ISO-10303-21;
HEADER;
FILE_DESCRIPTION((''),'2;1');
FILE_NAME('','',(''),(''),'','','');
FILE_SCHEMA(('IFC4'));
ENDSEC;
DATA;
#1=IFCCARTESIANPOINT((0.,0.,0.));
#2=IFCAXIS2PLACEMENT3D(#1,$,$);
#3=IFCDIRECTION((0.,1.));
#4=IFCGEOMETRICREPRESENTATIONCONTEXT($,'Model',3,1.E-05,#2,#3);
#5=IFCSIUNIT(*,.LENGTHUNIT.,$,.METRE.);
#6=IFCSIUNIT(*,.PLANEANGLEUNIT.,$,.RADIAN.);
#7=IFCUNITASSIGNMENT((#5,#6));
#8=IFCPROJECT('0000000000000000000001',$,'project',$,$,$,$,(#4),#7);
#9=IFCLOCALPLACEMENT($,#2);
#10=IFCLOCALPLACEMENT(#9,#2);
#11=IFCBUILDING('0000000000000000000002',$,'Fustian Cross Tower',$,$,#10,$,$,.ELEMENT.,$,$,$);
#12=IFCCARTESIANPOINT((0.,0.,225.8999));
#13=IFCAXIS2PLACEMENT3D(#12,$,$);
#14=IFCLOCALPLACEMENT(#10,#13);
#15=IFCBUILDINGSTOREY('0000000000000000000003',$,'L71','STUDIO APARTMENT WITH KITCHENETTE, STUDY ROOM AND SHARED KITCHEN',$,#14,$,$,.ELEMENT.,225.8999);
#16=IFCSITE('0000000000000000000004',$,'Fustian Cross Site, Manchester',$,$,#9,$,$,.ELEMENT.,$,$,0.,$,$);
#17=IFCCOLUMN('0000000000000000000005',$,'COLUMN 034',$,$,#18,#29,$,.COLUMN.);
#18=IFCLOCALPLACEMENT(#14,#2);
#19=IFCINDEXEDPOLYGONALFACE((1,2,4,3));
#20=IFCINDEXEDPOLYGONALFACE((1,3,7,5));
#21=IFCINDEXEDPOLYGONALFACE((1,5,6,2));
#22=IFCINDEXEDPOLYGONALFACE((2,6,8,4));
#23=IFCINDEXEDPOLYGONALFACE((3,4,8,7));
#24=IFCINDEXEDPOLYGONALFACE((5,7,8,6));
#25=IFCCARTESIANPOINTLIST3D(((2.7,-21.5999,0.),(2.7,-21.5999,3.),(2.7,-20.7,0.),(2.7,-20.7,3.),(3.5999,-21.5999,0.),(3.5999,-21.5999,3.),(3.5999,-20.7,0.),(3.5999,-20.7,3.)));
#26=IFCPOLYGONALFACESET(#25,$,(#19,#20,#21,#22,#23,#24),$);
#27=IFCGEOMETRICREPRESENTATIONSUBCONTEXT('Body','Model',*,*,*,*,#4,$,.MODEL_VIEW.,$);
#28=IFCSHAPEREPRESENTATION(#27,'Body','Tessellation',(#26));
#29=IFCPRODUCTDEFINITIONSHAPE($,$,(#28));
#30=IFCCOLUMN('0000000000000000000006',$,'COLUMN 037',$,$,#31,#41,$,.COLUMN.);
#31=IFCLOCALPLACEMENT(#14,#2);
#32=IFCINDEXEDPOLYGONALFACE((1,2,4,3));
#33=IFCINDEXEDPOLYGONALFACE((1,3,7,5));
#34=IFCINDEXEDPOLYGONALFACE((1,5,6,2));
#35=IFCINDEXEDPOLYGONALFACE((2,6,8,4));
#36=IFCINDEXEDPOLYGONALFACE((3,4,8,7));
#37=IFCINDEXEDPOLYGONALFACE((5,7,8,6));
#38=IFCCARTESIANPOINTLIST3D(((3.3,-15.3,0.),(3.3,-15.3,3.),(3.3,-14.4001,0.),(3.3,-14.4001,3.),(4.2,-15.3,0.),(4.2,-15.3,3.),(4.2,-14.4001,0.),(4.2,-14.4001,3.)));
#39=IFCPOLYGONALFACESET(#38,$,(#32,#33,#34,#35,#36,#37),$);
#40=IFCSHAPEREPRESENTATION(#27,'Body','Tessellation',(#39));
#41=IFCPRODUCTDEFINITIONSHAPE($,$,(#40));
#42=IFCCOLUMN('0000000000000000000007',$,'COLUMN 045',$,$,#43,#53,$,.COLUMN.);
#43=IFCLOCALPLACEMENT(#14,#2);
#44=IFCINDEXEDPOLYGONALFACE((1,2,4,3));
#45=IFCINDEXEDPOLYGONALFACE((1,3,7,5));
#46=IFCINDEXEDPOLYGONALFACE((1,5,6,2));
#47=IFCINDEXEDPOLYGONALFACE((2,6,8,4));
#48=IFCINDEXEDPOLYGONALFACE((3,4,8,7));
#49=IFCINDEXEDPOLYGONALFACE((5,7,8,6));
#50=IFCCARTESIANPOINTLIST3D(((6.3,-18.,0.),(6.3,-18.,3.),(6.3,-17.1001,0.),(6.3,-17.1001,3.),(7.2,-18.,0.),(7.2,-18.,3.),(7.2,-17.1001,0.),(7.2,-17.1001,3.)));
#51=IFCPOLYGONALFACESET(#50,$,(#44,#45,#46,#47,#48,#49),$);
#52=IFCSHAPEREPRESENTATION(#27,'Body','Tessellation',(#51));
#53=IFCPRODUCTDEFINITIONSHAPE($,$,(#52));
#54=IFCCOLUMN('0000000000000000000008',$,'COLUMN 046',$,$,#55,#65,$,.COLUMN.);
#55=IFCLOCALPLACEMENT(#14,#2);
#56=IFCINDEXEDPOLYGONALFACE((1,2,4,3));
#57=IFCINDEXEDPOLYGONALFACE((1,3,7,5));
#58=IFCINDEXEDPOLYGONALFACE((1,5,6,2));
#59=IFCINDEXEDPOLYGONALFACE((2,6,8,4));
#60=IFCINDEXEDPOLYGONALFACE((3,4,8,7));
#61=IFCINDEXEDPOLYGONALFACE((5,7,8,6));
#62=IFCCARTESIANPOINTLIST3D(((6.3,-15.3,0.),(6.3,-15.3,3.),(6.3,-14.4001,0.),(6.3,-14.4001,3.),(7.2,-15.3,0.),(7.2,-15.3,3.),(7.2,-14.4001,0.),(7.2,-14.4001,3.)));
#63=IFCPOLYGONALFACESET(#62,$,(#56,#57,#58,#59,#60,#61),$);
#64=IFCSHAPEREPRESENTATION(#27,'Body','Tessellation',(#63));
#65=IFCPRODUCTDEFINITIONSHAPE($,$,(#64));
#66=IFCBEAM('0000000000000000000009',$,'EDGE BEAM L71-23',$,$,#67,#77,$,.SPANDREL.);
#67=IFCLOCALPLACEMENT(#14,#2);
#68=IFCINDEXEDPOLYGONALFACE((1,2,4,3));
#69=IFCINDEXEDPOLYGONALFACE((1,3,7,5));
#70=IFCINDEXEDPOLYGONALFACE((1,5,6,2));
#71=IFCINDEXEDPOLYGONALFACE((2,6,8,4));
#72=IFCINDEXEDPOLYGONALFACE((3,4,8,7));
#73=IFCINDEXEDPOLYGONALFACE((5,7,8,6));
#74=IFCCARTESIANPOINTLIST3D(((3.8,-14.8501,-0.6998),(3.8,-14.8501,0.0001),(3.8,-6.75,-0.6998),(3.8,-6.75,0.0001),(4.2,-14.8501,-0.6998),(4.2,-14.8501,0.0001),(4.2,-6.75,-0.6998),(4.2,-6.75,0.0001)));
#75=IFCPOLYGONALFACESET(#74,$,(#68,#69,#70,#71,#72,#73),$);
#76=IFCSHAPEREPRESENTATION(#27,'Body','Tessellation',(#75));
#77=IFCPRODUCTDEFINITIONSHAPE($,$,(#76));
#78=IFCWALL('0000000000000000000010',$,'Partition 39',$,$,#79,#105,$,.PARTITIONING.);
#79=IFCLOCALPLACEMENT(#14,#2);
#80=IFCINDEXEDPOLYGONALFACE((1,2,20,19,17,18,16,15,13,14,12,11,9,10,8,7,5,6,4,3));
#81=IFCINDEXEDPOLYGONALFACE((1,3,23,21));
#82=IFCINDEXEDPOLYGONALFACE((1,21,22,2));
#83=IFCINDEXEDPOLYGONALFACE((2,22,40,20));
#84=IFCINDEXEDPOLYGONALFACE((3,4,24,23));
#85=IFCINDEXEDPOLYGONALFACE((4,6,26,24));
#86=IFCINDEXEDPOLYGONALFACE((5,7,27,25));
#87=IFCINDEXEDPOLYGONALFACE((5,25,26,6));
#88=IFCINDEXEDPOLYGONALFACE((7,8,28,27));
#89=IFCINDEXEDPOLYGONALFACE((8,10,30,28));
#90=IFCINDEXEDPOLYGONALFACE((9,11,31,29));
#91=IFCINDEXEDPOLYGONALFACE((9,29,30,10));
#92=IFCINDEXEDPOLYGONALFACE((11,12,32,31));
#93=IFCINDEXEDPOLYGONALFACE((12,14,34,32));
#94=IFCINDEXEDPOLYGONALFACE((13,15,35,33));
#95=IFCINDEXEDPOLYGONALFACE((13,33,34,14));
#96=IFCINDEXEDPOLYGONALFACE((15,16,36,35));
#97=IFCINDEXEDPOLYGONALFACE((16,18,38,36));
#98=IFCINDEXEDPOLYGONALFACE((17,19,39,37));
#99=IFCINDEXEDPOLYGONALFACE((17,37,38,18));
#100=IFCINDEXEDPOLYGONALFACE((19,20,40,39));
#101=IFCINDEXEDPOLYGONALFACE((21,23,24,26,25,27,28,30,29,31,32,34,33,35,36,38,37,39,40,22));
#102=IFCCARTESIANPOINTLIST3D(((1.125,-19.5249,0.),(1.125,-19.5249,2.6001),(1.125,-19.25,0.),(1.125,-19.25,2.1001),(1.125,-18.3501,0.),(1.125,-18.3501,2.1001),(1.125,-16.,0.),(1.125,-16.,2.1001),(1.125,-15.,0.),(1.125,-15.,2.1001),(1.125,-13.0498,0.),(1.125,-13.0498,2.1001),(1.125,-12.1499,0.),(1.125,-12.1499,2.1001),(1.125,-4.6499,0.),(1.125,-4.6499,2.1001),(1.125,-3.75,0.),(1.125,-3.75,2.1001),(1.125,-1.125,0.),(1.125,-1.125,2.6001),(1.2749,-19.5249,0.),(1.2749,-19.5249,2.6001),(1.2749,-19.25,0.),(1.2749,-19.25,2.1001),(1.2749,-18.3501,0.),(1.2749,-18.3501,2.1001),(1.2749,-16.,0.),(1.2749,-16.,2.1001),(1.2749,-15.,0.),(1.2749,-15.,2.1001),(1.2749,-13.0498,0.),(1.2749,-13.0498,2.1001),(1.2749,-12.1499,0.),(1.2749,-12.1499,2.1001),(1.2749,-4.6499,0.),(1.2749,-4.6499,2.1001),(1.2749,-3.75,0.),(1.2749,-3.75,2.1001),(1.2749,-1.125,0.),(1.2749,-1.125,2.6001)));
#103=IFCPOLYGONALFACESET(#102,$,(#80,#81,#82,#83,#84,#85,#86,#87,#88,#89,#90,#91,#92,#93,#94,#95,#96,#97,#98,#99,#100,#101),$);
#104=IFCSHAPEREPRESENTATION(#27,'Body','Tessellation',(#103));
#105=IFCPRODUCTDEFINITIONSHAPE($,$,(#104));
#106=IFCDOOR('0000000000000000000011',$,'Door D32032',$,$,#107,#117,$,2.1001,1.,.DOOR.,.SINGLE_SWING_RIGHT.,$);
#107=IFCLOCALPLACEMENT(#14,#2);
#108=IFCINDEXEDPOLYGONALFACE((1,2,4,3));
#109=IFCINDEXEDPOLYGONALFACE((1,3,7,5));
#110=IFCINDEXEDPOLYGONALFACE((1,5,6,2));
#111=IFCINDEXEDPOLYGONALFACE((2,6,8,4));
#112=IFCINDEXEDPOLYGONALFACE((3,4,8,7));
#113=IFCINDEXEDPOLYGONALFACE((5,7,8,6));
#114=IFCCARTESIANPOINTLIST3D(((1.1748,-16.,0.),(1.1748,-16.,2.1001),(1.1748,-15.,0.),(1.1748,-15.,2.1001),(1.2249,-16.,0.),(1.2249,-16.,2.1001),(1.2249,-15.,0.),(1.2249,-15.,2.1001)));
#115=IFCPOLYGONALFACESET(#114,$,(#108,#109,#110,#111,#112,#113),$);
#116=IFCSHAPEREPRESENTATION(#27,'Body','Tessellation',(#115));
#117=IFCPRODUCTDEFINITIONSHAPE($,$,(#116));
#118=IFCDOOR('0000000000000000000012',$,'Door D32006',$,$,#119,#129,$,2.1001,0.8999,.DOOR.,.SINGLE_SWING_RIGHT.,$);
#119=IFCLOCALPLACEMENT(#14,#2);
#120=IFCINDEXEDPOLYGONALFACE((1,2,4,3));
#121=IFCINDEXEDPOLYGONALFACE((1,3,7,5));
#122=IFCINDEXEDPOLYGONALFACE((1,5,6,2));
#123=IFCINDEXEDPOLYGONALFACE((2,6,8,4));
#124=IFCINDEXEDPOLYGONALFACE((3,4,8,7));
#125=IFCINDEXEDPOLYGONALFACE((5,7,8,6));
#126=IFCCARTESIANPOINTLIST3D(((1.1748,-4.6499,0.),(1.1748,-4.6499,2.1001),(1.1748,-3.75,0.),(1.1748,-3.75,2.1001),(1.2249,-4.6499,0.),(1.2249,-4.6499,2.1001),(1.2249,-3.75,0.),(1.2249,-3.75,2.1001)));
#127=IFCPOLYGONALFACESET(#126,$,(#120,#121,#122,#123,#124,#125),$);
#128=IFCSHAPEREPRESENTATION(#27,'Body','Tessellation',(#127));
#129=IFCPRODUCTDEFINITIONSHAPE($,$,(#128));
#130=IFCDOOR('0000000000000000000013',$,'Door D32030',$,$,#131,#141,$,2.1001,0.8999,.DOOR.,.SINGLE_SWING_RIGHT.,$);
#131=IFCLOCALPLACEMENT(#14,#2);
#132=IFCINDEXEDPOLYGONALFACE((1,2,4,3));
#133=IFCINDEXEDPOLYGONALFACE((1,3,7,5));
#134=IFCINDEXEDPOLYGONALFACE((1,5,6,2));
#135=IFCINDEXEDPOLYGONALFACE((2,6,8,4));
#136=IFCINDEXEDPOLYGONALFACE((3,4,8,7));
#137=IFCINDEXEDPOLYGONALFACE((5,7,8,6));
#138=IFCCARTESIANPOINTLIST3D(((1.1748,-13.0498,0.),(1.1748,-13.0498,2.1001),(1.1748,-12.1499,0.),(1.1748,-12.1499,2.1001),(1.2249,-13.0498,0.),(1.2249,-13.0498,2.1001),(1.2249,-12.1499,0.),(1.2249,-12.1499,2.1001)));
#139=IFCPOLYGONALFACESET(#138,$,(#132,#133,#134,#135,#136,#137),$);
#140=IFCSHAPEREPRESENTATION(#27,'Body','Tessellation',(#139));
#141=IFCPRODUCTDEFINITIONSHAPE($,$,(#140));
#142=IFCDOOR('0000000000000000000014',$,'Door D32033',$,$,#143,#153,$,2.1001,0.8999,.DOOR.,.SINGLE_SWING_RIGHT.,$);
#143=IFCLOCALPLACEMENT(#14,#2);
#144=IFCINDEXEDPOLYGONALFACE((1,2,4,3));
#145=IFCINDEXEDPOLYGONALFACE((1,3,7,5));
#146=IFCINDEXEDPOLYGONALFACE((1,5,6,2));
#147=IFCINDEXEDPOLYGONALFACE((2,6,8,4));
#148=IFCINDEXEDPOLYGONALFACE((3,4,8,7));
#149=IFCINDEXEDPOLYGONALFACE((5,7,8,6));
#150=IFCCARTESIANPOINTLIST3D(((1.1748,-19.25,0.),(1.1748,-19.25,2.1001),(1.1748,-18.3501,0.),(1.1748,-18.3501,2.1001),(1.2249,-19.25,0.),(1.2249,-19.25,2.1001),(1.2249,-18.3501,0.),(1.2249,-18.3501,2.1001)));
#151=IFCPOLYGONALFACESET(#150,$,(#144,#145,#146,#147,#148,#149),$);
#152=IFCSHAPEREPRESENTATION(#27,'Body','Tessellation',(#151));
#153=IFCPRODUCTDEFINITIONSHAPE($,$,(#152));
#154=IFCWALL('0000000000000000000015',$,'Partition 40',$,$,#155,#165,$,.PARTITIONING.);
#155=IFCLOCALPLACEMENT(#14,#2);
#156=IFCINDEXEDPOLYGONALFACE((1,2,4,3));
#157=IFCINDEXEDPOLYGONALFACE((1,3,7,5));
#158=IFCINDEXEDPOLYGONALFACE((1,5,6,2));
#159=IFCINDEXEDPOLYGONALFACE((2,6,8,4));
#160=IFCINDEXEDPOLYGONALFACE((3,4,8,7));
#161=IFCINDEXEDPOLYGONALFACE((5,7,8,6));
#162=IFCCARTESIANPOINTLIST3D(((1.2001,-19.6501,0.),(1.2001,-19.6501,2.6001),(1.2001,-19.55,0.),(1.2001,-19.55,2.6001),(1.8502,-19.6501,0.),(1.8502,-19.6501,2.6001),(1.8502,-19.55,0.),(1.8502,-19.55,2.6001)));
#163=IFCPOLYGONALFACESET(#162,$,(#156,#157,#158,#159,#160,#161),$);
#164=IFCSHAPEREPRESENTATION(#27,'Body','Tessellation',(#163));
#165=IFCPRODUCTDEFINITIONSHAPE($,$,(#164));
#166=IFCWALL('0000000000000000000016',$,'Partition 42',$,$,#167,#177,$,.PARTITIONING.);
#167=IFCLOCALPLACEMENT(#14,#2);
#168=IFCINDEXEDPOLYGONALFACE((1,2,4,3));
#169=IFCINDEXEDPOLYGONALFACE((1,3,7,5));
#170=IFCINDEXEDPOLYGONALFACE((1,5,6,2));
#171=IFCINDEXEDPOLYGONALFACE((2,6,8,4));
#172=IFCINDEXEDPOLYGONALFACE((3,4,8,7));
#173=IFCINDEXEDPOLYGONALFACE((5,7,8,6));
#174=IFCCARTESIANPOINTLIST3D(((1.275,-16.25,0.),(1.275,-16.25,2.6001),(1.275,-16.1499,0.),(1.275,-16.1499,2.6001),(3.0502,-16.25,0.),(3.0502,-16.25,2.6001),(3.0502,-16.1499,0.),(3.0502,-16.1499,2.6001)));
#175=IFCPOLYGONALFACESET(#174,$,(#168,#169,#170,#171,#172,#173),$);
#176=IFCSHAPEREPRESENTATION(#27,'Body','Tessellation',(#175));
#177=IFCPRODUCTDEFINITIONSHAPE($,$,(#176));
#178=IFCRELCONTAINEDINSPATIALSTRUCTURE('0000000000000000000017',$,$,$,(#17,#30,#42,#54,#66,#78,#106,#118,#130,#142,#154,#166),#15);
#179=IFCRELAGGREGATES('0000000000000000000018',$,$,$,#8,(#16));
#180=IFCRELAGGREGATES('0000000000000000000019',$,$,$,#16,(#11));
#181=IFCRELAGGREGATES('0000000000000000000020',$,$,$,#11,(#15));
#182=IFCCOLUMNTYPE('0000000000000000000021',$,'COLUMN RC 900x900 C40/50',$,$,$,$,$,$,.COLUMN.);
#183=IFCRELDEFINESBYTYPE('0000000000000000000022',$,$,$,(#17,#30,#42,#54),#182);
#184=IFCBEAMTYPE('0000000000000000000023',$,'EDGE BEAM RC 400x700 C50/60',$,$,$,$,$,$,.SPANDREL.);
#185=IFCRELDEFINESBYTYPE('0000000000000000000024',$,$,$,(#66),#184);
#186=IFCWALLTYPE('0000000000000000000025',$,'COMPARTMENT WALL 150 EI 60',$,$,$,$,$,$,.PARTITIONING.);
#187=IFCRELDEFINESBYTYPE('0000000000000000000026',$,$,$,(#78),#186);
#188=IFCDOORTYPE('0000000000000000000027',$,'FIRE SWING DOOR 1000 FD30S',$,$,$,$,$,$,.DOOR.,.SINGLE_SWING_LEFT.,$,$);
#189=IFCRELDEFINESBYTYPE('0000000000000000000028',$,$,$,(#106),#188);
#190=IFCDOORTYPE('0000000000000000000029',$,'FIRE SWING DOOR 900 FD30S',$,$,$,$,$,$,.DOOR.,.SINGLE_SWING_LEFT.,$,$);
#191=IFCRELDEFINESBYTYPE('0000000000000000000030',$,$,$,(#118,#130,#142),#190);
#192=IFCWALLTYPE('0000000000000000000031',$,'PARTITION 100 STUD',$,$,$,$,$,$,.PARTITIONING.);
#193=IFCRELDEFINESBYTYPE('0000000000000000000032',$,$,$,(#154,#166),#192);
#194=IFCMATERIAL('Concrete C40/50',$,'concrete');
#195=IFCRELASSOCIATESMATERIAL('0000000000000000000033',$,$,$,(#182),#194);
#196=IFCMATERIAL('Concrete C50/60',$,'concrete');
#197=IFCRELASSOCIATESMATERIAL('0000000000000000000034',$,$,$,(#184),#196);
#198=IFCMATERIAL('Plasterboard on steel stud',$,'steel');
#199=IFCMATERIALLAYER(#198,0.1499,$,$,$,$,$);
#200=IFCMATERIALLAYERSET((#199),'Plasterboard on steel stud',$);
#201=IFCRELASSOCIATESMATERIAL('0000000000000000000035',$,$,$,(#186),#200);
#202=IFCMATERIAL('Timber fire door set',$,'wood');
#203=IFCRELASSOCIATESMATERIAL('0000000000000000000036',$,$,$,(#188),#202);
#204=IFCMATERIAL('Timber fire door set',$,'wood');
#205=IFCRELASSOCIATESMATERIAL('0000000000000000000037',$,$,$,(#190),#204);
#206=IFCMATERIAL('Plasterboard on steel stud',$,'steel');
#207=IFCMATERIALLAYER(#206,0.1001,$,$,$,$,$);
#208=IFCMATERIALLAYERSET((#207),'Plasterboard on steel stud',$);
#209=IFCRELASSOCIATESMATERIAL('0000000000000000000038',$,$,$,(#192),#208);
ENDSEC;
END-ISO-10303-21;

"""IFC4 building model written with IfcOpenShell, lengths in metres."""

from ifc_helpers import new_model, si_unit, direction, frame, frame_2d, origin, origin_2d, place, context, subcontext, project, spatial, rectangle, extrude, material, layer, layer_set, material_profile, profile_set, type_object, element, fill, save


model = new_model("IFC4")

# Units and contexts
model_context = context("Model", 3, precision=1e-05, world=origin(), true_north=direction((0.0, 1.0)))
body_context = subcontext(model_context, "Body", "Model", "MODEL_VIEW")
ifc_project = project(units=[si_unit("LENGTHUNIT", "METRE"), si_unit("PLANEANGLEUNIT", "RADIAN")], contexts=[model_context])

# Site, building, storey
site_placement = place(None, origin())
site = spatial("IfcSite", under=ifc_project, at=site_placement, Name="Fustian Cross Site, Manchester", CompositionType="ELEMENT", RefElevation=0.0)
building_placement = place(site_placement, origin())
building = spatial("IfcBuilding", under=site, at=building_placement, Name="Fustian Cross Tower", CompositionType="ELEMENT")
storey_placement = place(building_placement, frame((0.0, 0.0, 225.8999)))
storey = spatial("IfcBuildingStorey", under=building, at=storey_placement, Name="L71", Description="STUDIO APARTMENT WITH KITCHENETTE, STUDY ROOM AND SHARED KITCHEN", CompositionType="ELEMENT", Elevation=225.8999)

# Columns
ifc_material_1 = material(Name="Concrete C40/50", Category="concrete")
ifc_material_profile_1 = material_profile(ifc_material_1, rectangle(XDim=0.8999, YDim=0.8999, at=origin_2d()), Name="RC 900x900")
ifc_profile_set_1 = profile_set([ifc_material_profile_1], Name="Concrete C40/50")
column_type = type_object("IfcColumnType", Name="COLUMN RC 900x900 C40/50", PredefinedType="COLUMN", material=ifc_profile_set_1)
for number, where, z_axis, x_axis, name in (
    (1, (3.1499, -21.1499, 0.0), (0.0, 0.0, 1.0), (1.0, 0.0, 0.0), "COLUMN 034"),
    (2, (3.75, -14.8501, 0.0), (0.0, 0.0, 1.0), (1.0, 0.0, 0.0), "COLUMN 037"),
    (3, (6.75, -17.55, 0.0), (0.0, 0.0, 1.0), (1.0, 0.0, 0.0), "COLUMN 045"),
    (4, (6.75, -14.8501, 0.0), (0.0, 0.0, 1.0), (1.0, 0.0, 0.0), "COLUMN 046"),
):
    element("IfcColumn", number, at=place(storey_placement, frame(where, z_axis=z_axis, x_axis=x_axis)), inside=storey, type_object=column_type, Name=name, PredefinedType="COLUMN", context=body_context, shape_type="SweptSolid", body=[
        extrude(rectangle(XDim=0.8999, YDim=0.8999, at=origin_2d()), origin(), (0.0, 0.0, 1.0), 3.0),
    ])

# Beam
ifc_material_2 = material(Name="Concrete C50/60", Category="concrete")
ifc_material_profile_2 = material_profile(ifc_material_2, rectangle(XDim=0.3999, YDim=0.7, at=origin_2d()), Name="RC 400x700")
ifc_profile_set_2 = profile_set([ifc_material_profile_2], Name="Concrete C50/60")
beam_type = type_object("IfcBeamType", Name="EDGE BEAM RC 400x700 C50/60", PredefinedType="SPANDREL", material=ifc_profile_set_2)
beam_placement = place(storey_placement, frame((4.0, -14.8501, -0.3499), z_axis=(0.0, 1.0, 0.0), x_axis=(-1.0, 0.0, 0.0)))
element("IfcBeam", 5, at=beam_placement, inside=storey, type_object=beam_type, Name="EDGE BEAM L71-23", PredefinedType="SPANDREL", context=body_context, shape_type="SweptSolid", body=[
    extrude(rectangle(XDim=0.3999, YDim=0.7, at=origin_2d()), origin(), (0.0, 0.0, 1.0), 8.1001),
])

# Wall, openings, doors
ifc_material_3 = material(Name="Plasterboard on steel stud", Category="steel")
ifc_layer_1 = layer(ifc_material_3, 0.1499)
ifc_layer_set_1 = layer_set([ifc_layer_1], Name="Plasterboard on steel stud")
wall_type_1 = type_object("IfcWallType", Name="COMPARTMENT WALL 150 EI 60", PredefinedType="PARTITIONING", material=ifc_layer_set_1)
wall_1_placement = place(storey_placement, frame((1.2, -19.5249, 0.0), z_axis=(0.0, 0.0, 1.0), x_axis=(0.0, 1.0, 0.0)))
wall_1 = element("IfcWall", 6, at=wall_1_placement, inside=storey, type_object=wall_type_1, Name="Partition 39", PredefinedType="PARTITIONING", context=body_context, shape_type="SweptSolid", body=[
    extrude(rectangle(XDim=18.3999, YDim=0.1499, at=frame_2d((9.2, 0.0))), origin(), (0.0, 0.0, 1.0), 2.6001),
])
opening_1_placement = place(wall_1_placement, frame((14.875, 0.0, 0.0)))
opening_1 = element("IfcOpeningElement", 7, at=opening_1_placement, cuts=wall_1, PredefinedType="OPENING", context=body_context, shape_type="SweptSolid", body=[
    extrude(rectangle(XDim=0.8999, YDim=2.1001, at=frame_2d((0.45, 1.05))), frame((0.0, 0.085, 0.0), z_axis=(0.0, -1.0, 0.0), x_axis=(1.0, 0.0, 0.0)), (0.0, 0.0, 1.0), 0.1699),
])
opening_2_placement = place(wall_1_placement, frame((6.4751, 0.0, 0.0)))
opening_2 = element("IfcOpeningElement", 8, at=opening_2_placement, cuts=wall_1, PredefinedType="OPENING", context=body_context, shape_type="SweptSolid", body=[
    extrude(rectangle(XDim=0.8999, YDim=2.1001, at=frame_2d((0.45, 1.05))), frame((0.0, 0.085, 0.0), z_axis=(0.0, -1.0, 0.0), x_axis=(1.0, 0.0, 0.0)), (0.0, 0.0, 1.0), 0.1699),
])
opening_3_placement = place(wall_1_placement, frame((3.5249, 0.0, 0.0)))
opening_3 = element("IfcOpeningElement", 9, at=opening_3_placement, cuts=wall_1, PredefinedType="OPENING", context=body_context, shape_type="SweptSolid", body=[
    extrude(rectangle(XDim=1.0, YDim=2.1001, at=frame_2d((0.5, 1.05))), frame((0.0, 0.085, 0.0), z_axis=(0.0, -1.0, 0.0), x_axis=(1.0, 0.0, 0.0)), (0.0, 0.0, 1.0), 0.1699),
])
opening_4_placement = place(wall_1_placement, frame((0.2749, 0.0, 0.0)))
opening_4 = element("IfcOpeningElement", 10, at=opening_4_placement, cuts=wall_1, PredefinedType="OPENING", context=body_context, shape_type="SweptSolid", body=[
    extrude(rectangle(XDim=0.8999, YDim=2.1001, at=frame_2d((0.45, 1.05))), frame((0.0, 0.085, 0.0), z_axis=(0.0, -1.0, 0.0), x_axis=(1.0, 0.0, 0.0)), (0.0, 0.0, 1.0), 0.1699),
])
ifc_material_4 = material(Name="Timber fire door set", Category="wood")
door_type_1 = type_object("IfcDoorType", Name="FIRE SWING DOOR 1000 FD30S", OperationType="SINGLE_SWING_LEFT", PredefinedType="DOOR", material=ifc_material_4)
door_1_placement = place(opening_3_placement, frame((1.0, 0.0, 0.0), z_axis=(0.0, 0.0, 1.0), x_axis=(-1.0, 0.0, 0.0)))
door_1 = element("IfcDoor", 11, at=door_1_placement, inside=storey, type_object=door_type_1, Name="Door D32032", OperationType="SINGLE_SWING_RIGHT", OverallHeight=2.1001, OverallWidth=1.0, PredefinedType="DOOR", context=body_context, shape_type="SweptSolid", body=[
    extrude(rectangle(XDim=1.0, YDim=2.1001, at=frame_2d((0.5, 1.05))), frame((0.0, 0.0249, 0.0), z_axis=(0.0, -1.0, 0.0), x_axis=(1.0, 0.0, 0.0)), (0.0, 0.0, 1.0), 0.05),
])
fill(opening_3, door_1)
ifc_material_5 = material(Name="Timber fire door set", Category="wood")
door_type_2 = type_object("IfcDoorType", Name="FIRE SWING DOOR 900 FD30S", OperationType="SINGLE_SWING_LEFT", PredefinedType="DOOR", material=ifc_material_5)
door_2_placement = place(opening_1_placement, frame((0.8999, 0.0, 0.0), z_axis=(0.0, 0.0, 1.0), x_axis=(-1.0, 0.0, 0.0)))
door_2 = element("IfcDoor", 12, at=door_2_placement, inside=storey, type_object=door_type_2, Name="Door D32006", OperationType="SINGLE_SWING_RIGHT", OverallHeight=2.1001, OverallWidth=0.8999, PredefinedType="DOOR", context=body_context, shape_type="SweptSolid", body=[
    extrude(rectangle(XDim=0.8999, YDim=2.1001, at=frame_2d((0.45, 1.05))), frame((0.0, 0.0249, 0.0), z_axis=(0.0, -1.0, 0.0), x_axis=(1.0, 0.0, 0.0)), (0.0, 0.0, 1.0), 0.05),
])
fill(opening_1, door_2)
door_3_placement = place(opening_2_placement, frame((0.8999, 0.0, 0.0), z_axis=(0.0, 0.0, 1.0), x_axis=(-1.0, 0.0, 0.0)))
door_3 = element("IfcDoor", 13, at=door_3_placement, inside=storey, type_object=door_type_2, Name="Door D32030", OperationType="SINGLE_SWING_RIGHT", OverallHeight=2.1001, OverallWidth=0.8999, PredefinedType="DOOR", context=body_context, shape_type="SweptSolid", body=[
    extrude(rectangle(XDim=0.8999, YDim=2.1001, at=frame_2d((0.45, 1.05))), frame((0.0, 0.0249, 0.0), z_axis=(0.0, -1.0, 0.0), x_axis=(1.0, 0.0, 0.0)), (0.0, 0.0, 1.0), 0.05),
])
fill(opening_2, door_3)
door_4_placement = place(opening_4_placement, frame((0.8999, 0.0, 0.0), z_axis=(0.0, 0.0, 1.0), x_axis=(-1.0, 0.0, 0.0)))
door_4 = element("IfcDoor", 14, at=door_4_placement, inside=storey, type_object=door_type_2, Name="Door D32033", OperationType="SINGLE_SWING_RIGHT", OverallHeight=2.1001, OverallWidth=0.8999, PredefinedType="DOOR", context=body_context, shape_type="SweptSolid", body=[
    extrude(rectangle(XDim=0.8999, YDim=2.1001, at=frame_2d((0.45, 1.05))), frame((0.0, 0.0249, 0.0), z_axis=(0.0, -1.0, 0.0), x_axis=(1.0, 0.0, 0.0)), (0.0, 0.0, 1.0), 0.05),
])
fill(opening_4, door_4)

# Walls
ifc_material_6 = material(Name="Plasterboard on steel stud", Category="steel")
ifc_layer_2 = layer(ifc_material_6, 0.1001)
ifc_layer_set_2 = layer_set([ifc_layer_2], Name="Plasterboard on steel stud")
wall_type_2 = type_object("IfcWallType", Name="PARTITION 100 STUD", PredefinedType="PARTITIONING", material=ifc_layer_set_2)
wall_2_placement = place(storey_placement, frame((1.2, -19.6001, 0.0), z_axis=(0.0, 0.0, 1.0), x_axis=(1.0, 0.0, 0.0)))
element("IfcWall", 15, at=wall_2_placement, inside=storey, type_object=wall_type_2, Name="Partition 40", PredefinedType="PARTITIONING", context=body_context, shape_type="SweptSolid", body=[
    extrude(rectangle(XDim=0.6501, YDim=0.1001, at=frame_2d((0.3252, 0.0))), origin(), (0.0, 0.0, 1.0), 2.6001),
])
wall_3_placement = place(storey_placement, frame((1.2749, -16.2, 0.0), z_axis=(0.0, 0.0, 1.0), x_axis=(1.0, 0.0, 0.0)))
element("IfcWall", 16, at=wall_3_placement, inside=storey, type_object=wall_type_2, Name="Partition 42", PredefinedType="PARTITIONING", context=body_context, shape_type="SweptSolid", body=[
    extrude(rectangle(XDim=1.7751, YDim=0.1001, at=frame_2d((0.8877, 0.0))), origin(), (0.0, 0.0, 1.0), 2.6001),
])

save(model, "model.ifc")
